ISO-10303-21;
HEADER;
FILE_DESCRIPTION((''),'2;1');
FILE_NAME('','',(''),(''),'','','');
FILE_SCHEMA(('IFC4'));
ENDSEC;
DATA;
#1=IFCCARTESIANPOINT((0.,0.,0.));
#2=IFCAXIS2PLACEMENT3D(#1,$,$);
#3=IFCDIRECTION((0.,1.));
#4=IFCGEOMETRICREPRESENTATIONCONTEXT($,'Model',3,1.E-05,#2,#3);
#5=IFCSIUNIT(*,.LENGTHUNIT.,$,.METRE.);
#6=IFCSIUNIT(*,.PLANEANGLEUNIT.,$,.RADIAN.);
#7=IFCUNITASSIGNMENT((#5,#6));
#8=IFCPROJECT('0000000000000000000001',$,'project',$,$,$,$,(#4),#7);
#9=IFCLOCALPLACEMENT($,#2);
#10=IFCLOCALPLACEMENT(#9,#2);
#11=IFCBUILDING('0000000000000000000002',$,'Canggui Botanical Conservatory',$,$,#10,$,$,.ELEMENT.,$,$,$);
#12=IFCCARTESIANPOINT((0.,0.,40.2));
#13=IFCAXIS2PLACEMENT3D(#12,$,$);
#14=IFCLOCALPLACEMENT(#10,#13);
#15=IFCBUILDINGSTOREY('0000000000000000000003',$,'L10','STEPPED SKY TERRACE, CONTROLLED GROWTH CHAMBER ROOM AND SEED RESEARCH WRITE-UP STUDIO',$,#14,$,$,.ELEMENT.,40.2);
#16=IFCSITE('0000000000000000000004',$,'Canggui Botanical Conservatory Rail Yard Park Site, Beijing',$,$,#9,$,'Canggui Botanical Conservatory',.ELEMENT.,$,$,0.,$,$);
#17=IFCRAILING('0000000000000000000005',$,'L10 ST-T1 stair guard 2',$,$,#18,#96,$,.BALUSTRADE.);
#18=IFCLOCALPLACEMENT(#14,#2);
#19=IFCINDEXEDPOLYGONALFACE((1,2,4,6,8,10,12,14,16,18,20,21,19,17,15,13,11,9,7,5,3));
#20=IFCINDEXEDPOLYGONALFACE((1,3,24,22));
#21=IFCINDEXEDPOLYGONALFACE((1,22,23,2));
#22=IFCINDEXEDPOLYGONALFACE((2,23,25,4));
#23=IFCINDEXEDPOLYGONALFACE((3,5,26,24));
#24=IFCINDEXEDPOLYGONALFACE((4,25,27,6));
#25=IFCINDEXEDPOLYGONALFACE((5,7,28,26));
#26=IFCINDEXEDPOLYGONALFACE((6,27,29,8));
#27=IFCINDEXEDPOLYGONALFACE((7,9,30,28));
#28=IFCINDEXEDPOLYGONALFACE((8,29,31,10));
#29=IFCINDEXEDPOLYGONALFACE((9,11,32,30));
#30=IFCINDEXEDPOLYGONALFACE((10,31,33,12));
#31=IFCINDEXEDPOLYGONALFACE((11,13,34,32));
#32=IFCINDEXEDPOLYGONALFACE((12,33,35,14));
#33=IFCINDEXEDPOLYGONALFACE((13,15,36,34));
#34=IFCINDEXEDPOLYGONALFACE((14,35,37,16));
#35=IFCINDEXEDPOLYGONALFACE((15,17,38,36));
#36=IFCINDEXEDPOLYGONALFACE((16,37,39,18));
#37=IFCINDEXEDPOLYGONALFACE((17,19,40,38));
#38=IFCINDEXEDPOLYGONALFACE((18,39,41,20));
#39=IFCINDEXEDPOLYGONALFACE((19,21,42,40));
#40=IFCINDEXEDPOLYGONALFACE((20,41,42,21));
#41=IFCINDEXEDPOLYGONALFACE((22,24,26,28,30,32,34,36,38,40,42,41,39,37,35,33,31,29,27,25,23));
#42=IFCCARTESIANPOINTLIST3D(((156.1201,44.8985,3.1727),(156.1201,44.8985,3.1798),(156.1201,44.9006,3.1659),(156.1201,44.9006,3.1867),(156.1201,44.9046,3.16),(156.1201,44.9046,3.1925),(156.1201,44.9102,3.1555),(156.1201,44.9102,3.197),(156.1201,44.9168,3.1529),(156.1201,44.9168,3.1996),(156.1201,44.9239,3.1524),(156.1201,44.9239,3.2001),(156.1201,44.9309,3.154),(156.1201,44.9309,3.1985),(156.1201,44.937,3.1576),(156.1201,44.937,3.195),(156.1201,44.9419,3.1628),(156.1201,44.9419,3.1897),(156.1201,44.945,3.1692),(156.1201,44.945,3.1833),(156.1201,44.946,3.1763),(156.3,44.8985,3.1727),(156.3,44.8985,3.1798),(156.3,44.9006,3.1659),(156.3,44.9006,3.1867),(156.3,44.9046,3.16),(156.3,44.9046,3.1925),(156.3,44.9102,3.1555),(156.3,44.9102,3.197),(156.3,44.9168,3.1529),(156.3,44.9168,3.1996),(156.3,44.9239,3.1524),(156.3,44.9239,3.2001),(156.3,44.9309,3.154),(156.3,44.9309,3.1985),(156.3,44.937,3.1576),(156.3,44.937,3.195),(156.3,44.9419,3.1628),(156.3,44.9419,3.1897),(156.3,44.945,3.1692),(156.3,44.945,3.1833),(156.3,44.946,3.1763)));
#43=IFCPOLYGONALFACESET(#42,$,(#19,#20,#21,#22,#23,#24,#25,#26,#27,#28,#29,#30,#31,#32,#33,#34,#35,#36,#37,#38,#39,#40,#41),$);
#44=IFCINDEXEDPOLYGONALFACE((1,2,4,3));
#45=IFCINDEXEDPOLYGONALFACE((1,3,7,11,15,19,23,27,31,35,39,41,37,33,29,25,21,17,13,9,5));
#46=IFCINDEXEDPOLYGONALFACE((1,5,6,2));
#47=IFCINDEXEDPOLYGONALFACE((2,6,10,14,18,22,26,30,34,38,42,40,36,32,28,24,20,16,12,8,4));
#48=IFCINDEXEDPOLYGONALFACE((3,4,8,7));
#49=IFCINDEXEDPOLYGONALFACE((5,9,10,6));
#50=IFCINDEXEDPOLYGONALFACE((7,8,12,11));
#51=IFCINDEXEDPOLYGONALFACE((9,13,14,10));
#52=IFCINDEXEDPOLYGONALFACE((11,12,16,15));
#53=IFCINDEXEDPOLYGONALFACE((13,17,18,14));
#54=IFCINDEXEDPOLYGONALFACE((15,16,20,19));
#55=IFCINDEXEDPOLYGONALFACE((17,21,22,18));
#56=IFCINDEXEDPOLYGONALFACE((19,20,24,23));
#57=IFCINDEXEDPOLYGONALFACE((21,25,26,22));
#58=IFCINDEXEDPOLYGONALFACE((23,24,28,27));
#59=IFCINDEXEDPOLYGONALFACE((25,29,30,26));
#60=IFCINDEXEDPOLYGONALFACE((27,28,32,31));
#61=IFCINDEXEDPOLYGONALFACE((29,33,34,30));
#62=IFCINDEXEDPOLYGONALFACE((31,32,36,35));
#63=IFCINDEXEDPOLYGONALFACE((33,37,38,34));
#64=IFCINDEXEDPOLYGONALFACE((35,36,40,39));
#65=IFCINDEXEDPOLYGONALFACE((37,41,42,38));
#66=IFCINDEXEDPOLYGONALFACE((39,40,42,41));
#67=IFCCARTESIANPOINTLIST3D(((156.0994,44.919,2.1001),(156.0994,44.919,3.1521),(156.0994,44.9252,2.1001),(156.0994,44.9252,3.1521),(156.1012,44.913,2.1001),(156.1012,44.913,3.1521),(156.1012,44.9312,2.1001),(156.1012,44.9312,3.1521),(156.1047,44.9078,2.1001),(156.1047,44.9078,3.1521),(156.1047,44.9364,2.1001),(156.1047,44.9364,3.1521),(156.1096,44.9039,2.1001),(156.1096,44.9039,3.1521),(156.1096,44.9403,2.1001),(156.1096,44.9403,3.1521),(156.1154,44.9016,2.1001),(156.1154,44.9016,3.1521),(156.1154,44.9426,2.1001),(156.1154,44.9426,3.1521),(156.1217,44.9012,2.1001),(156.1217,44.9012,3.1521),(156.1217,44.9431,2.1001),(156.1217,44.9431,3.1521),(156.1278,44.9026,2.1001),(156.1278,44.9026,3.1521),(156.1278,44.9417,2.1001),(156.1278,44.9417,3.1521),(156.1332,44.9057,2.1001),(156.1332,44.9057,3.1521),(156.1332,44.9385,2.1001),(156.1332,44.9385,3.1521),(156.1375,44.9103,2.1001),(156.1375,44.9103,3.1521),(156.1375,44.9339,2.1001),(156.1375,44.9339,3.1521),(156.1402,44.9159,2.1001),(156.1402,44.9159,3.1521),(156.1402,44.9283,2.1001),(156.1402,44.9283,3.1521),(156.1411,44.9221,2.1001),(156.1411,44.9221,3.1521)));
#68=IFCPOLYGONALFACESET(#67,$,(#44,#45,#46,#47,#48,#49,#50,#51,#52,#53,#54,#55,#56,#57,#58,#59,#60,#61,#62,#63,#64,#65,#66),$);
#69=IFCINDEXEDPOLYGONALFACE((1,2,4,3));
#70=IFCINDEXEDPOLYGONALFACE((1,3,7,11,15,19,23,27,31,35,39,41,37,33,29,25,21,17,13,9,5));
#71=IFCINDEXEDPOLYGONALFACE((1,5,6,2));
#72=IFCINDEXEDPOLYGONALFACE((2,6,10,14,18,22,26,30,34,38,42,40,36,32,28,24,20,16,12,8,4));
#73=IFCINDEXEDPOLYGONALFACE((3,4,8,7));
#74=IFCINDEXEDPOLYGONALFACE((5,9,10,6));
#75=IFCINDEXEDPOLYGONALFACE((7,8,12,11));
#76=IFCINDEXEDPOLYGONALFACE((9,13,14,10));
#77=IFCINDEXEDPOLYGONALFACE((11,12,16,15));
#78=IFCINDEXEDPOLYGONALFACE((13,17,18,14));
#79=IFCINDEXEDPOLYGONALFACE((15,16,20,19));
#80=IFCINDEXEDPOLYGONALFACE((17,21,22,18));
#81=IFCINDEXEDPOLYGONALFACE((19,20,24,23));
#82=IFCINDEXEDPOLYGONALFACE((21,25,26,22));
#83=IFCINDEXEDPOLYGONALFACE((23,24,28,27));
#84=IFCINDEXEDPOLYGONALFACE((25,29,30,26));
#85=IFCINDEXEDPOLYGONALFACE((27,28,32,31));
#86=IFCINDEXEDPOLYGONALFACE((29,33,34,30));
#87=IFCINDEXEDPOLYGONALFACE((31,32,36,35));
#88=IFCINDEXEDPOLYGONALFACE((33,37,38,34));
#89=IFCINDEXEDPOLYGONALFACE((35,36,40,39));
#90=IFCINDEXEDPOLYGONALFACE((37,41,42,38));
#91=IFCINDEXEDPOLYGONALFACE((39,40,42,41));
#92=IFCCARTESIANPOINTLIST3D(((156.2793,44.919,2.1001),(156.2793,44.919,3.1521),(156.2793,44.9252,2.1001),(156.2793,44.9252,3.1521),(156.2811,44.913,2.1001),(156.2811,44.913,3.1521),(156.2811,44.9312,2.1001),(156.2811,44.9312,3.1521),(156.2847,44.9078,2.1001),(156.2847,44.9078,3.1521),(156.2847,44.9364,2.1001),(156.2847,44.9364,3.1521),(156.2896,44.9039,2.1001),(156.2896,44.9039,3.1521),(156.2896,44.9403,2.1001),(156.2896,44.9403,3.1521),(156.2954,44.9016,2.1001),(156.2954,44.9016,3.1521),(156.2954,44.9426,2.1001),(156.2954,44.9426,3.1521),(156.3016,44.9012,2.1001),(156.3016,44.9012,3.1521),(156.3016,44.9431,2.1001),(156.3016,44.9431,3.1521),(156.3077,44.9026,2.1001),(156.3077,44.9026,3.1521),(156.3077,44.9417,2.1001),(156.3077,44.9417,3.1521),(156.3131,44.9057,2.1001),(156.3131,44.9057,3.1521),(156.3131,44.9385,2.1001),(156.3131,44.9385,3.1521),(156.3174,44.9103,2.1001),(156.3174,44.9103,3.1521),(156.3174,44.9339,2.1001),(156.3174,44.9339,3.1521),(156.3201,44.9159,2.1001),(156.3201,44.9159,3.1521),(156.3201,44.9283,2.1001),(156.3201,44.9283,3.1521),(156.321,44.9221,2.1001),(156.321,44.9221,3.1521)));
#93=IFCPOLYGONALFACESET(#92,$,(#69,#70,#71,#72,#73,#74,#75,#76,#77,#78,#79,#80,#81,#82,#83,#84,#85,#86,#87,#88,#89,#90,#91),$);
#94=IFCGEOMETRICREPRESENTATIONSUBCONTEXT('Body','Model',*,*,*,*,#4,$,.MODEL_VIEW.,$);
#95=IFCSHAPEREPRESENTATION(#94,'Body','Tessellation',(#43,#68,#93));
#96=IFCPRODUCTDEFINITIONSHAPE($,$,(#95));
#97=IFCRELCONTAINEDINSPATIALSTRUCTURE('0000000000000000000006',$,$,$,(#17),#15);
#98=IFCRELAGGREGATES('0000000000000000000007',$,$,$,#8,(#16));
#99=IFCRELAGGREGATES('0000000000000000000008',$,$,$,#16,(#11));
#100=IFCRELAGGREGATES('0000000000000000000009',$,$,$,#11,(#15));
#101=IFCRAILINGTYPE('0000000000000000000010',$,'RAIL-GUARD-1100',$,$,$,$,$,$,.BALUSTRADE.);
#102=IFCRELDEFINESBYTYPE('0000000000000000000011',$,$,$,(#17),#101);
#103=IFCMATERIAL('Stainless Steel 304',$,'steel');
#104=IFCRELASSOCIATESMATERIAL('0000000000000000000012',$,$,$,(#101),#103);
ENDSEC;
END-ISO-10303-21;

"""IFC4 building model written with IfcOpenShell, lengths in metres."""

from ifc_helpers import new_model, si_unit, direction, frame, origin, origin_2d, place, context, subcontext, project, spatial, circle, extrude, material, type_object, element, save


model = new_model("IFC4")

# Units and contexts
model_context = context("Model", 3, precision=1e-05, world=origin(), true_north=direction((0.0, 1.0)))
body_context = subcontext(model_context, "Body", "Model", "MODEL_VIEW")
ifc_project = project(units=[si_unit("LENGTHUNIT", "METRE"), si_unit("PLANEANGLEUNIT", "RADIAN")], contexts=[model_context])

# Site, building, storey
site_placement = place(None, origin())
site = spatial("IfcSite", under=ifc_project, at=site_placement, Name="Canggui Botanical Conservatory Rail Yard Park Site, Beijing", LongName="Canggui Botanical Conservatory", CompositionType="ELEMENT", RefElevation=0.0)
building_placement = place(site_placement, origin())
building = spatial("IfcBuilding", under=site, at=building_placement, Name="Canggui Botanical Conservatory", CompositionType="ELEMENT")
storey_placement = place(building_placement, frame((0.0, 0.0, 40.2)))
storey = spatial("IfcBuildingStorey", under=building, at=storey_placement, Name="L10", Description="STEPPED SKY TERRACE, CONTROLLED GROWTH CHAMBER ROOM AND SEED RESEARCH WRITE-UP STUDIO", CompositionType="ELEMENT", Elevation=40.2)

# Railing
ifc_material_1 = material(Name="Stainless Steel 304", Category="steel")
railing_type_1 = type_object("IfcRailingType", Name="RAIL-GUARD-1100", PredefinedType="BALUSTRADE", material=ifc_material_1)
railing_1_placement = place(storey_placement, frame((156.1201, 44.9221, 2.1001)))
element("IfcRailing", 1, at=railing_1_placement, inside=storey, type_object=railing_type_1, Name="L10 ST-T1 stair guard 2", PredefinedType="BALUSTRADE", context=body_context, shape_type="SweptSolid", body=[
    extrude(circle(Radius=0.0239, at=origin_2d()), frame((0.0, 0.0, 1.0762), z_axis=(1.0, 0.0, 0.0), x_axis=(0.0, 1.0, 0.0)), (0.0, 0.0, 1.0), 0.1799),
    extrude(circle(Radius=0.021, at=origin_2d()), origin(), (0.0, 0.0, 1.0), 1.052),
    extrude(circle(Radius=0.021, at=origin_2d()), frame((0.1799, 0.0, 0.0)), (0.0, 0.0, 1.0), 1.052),
])

save(model, "model.ifc")
